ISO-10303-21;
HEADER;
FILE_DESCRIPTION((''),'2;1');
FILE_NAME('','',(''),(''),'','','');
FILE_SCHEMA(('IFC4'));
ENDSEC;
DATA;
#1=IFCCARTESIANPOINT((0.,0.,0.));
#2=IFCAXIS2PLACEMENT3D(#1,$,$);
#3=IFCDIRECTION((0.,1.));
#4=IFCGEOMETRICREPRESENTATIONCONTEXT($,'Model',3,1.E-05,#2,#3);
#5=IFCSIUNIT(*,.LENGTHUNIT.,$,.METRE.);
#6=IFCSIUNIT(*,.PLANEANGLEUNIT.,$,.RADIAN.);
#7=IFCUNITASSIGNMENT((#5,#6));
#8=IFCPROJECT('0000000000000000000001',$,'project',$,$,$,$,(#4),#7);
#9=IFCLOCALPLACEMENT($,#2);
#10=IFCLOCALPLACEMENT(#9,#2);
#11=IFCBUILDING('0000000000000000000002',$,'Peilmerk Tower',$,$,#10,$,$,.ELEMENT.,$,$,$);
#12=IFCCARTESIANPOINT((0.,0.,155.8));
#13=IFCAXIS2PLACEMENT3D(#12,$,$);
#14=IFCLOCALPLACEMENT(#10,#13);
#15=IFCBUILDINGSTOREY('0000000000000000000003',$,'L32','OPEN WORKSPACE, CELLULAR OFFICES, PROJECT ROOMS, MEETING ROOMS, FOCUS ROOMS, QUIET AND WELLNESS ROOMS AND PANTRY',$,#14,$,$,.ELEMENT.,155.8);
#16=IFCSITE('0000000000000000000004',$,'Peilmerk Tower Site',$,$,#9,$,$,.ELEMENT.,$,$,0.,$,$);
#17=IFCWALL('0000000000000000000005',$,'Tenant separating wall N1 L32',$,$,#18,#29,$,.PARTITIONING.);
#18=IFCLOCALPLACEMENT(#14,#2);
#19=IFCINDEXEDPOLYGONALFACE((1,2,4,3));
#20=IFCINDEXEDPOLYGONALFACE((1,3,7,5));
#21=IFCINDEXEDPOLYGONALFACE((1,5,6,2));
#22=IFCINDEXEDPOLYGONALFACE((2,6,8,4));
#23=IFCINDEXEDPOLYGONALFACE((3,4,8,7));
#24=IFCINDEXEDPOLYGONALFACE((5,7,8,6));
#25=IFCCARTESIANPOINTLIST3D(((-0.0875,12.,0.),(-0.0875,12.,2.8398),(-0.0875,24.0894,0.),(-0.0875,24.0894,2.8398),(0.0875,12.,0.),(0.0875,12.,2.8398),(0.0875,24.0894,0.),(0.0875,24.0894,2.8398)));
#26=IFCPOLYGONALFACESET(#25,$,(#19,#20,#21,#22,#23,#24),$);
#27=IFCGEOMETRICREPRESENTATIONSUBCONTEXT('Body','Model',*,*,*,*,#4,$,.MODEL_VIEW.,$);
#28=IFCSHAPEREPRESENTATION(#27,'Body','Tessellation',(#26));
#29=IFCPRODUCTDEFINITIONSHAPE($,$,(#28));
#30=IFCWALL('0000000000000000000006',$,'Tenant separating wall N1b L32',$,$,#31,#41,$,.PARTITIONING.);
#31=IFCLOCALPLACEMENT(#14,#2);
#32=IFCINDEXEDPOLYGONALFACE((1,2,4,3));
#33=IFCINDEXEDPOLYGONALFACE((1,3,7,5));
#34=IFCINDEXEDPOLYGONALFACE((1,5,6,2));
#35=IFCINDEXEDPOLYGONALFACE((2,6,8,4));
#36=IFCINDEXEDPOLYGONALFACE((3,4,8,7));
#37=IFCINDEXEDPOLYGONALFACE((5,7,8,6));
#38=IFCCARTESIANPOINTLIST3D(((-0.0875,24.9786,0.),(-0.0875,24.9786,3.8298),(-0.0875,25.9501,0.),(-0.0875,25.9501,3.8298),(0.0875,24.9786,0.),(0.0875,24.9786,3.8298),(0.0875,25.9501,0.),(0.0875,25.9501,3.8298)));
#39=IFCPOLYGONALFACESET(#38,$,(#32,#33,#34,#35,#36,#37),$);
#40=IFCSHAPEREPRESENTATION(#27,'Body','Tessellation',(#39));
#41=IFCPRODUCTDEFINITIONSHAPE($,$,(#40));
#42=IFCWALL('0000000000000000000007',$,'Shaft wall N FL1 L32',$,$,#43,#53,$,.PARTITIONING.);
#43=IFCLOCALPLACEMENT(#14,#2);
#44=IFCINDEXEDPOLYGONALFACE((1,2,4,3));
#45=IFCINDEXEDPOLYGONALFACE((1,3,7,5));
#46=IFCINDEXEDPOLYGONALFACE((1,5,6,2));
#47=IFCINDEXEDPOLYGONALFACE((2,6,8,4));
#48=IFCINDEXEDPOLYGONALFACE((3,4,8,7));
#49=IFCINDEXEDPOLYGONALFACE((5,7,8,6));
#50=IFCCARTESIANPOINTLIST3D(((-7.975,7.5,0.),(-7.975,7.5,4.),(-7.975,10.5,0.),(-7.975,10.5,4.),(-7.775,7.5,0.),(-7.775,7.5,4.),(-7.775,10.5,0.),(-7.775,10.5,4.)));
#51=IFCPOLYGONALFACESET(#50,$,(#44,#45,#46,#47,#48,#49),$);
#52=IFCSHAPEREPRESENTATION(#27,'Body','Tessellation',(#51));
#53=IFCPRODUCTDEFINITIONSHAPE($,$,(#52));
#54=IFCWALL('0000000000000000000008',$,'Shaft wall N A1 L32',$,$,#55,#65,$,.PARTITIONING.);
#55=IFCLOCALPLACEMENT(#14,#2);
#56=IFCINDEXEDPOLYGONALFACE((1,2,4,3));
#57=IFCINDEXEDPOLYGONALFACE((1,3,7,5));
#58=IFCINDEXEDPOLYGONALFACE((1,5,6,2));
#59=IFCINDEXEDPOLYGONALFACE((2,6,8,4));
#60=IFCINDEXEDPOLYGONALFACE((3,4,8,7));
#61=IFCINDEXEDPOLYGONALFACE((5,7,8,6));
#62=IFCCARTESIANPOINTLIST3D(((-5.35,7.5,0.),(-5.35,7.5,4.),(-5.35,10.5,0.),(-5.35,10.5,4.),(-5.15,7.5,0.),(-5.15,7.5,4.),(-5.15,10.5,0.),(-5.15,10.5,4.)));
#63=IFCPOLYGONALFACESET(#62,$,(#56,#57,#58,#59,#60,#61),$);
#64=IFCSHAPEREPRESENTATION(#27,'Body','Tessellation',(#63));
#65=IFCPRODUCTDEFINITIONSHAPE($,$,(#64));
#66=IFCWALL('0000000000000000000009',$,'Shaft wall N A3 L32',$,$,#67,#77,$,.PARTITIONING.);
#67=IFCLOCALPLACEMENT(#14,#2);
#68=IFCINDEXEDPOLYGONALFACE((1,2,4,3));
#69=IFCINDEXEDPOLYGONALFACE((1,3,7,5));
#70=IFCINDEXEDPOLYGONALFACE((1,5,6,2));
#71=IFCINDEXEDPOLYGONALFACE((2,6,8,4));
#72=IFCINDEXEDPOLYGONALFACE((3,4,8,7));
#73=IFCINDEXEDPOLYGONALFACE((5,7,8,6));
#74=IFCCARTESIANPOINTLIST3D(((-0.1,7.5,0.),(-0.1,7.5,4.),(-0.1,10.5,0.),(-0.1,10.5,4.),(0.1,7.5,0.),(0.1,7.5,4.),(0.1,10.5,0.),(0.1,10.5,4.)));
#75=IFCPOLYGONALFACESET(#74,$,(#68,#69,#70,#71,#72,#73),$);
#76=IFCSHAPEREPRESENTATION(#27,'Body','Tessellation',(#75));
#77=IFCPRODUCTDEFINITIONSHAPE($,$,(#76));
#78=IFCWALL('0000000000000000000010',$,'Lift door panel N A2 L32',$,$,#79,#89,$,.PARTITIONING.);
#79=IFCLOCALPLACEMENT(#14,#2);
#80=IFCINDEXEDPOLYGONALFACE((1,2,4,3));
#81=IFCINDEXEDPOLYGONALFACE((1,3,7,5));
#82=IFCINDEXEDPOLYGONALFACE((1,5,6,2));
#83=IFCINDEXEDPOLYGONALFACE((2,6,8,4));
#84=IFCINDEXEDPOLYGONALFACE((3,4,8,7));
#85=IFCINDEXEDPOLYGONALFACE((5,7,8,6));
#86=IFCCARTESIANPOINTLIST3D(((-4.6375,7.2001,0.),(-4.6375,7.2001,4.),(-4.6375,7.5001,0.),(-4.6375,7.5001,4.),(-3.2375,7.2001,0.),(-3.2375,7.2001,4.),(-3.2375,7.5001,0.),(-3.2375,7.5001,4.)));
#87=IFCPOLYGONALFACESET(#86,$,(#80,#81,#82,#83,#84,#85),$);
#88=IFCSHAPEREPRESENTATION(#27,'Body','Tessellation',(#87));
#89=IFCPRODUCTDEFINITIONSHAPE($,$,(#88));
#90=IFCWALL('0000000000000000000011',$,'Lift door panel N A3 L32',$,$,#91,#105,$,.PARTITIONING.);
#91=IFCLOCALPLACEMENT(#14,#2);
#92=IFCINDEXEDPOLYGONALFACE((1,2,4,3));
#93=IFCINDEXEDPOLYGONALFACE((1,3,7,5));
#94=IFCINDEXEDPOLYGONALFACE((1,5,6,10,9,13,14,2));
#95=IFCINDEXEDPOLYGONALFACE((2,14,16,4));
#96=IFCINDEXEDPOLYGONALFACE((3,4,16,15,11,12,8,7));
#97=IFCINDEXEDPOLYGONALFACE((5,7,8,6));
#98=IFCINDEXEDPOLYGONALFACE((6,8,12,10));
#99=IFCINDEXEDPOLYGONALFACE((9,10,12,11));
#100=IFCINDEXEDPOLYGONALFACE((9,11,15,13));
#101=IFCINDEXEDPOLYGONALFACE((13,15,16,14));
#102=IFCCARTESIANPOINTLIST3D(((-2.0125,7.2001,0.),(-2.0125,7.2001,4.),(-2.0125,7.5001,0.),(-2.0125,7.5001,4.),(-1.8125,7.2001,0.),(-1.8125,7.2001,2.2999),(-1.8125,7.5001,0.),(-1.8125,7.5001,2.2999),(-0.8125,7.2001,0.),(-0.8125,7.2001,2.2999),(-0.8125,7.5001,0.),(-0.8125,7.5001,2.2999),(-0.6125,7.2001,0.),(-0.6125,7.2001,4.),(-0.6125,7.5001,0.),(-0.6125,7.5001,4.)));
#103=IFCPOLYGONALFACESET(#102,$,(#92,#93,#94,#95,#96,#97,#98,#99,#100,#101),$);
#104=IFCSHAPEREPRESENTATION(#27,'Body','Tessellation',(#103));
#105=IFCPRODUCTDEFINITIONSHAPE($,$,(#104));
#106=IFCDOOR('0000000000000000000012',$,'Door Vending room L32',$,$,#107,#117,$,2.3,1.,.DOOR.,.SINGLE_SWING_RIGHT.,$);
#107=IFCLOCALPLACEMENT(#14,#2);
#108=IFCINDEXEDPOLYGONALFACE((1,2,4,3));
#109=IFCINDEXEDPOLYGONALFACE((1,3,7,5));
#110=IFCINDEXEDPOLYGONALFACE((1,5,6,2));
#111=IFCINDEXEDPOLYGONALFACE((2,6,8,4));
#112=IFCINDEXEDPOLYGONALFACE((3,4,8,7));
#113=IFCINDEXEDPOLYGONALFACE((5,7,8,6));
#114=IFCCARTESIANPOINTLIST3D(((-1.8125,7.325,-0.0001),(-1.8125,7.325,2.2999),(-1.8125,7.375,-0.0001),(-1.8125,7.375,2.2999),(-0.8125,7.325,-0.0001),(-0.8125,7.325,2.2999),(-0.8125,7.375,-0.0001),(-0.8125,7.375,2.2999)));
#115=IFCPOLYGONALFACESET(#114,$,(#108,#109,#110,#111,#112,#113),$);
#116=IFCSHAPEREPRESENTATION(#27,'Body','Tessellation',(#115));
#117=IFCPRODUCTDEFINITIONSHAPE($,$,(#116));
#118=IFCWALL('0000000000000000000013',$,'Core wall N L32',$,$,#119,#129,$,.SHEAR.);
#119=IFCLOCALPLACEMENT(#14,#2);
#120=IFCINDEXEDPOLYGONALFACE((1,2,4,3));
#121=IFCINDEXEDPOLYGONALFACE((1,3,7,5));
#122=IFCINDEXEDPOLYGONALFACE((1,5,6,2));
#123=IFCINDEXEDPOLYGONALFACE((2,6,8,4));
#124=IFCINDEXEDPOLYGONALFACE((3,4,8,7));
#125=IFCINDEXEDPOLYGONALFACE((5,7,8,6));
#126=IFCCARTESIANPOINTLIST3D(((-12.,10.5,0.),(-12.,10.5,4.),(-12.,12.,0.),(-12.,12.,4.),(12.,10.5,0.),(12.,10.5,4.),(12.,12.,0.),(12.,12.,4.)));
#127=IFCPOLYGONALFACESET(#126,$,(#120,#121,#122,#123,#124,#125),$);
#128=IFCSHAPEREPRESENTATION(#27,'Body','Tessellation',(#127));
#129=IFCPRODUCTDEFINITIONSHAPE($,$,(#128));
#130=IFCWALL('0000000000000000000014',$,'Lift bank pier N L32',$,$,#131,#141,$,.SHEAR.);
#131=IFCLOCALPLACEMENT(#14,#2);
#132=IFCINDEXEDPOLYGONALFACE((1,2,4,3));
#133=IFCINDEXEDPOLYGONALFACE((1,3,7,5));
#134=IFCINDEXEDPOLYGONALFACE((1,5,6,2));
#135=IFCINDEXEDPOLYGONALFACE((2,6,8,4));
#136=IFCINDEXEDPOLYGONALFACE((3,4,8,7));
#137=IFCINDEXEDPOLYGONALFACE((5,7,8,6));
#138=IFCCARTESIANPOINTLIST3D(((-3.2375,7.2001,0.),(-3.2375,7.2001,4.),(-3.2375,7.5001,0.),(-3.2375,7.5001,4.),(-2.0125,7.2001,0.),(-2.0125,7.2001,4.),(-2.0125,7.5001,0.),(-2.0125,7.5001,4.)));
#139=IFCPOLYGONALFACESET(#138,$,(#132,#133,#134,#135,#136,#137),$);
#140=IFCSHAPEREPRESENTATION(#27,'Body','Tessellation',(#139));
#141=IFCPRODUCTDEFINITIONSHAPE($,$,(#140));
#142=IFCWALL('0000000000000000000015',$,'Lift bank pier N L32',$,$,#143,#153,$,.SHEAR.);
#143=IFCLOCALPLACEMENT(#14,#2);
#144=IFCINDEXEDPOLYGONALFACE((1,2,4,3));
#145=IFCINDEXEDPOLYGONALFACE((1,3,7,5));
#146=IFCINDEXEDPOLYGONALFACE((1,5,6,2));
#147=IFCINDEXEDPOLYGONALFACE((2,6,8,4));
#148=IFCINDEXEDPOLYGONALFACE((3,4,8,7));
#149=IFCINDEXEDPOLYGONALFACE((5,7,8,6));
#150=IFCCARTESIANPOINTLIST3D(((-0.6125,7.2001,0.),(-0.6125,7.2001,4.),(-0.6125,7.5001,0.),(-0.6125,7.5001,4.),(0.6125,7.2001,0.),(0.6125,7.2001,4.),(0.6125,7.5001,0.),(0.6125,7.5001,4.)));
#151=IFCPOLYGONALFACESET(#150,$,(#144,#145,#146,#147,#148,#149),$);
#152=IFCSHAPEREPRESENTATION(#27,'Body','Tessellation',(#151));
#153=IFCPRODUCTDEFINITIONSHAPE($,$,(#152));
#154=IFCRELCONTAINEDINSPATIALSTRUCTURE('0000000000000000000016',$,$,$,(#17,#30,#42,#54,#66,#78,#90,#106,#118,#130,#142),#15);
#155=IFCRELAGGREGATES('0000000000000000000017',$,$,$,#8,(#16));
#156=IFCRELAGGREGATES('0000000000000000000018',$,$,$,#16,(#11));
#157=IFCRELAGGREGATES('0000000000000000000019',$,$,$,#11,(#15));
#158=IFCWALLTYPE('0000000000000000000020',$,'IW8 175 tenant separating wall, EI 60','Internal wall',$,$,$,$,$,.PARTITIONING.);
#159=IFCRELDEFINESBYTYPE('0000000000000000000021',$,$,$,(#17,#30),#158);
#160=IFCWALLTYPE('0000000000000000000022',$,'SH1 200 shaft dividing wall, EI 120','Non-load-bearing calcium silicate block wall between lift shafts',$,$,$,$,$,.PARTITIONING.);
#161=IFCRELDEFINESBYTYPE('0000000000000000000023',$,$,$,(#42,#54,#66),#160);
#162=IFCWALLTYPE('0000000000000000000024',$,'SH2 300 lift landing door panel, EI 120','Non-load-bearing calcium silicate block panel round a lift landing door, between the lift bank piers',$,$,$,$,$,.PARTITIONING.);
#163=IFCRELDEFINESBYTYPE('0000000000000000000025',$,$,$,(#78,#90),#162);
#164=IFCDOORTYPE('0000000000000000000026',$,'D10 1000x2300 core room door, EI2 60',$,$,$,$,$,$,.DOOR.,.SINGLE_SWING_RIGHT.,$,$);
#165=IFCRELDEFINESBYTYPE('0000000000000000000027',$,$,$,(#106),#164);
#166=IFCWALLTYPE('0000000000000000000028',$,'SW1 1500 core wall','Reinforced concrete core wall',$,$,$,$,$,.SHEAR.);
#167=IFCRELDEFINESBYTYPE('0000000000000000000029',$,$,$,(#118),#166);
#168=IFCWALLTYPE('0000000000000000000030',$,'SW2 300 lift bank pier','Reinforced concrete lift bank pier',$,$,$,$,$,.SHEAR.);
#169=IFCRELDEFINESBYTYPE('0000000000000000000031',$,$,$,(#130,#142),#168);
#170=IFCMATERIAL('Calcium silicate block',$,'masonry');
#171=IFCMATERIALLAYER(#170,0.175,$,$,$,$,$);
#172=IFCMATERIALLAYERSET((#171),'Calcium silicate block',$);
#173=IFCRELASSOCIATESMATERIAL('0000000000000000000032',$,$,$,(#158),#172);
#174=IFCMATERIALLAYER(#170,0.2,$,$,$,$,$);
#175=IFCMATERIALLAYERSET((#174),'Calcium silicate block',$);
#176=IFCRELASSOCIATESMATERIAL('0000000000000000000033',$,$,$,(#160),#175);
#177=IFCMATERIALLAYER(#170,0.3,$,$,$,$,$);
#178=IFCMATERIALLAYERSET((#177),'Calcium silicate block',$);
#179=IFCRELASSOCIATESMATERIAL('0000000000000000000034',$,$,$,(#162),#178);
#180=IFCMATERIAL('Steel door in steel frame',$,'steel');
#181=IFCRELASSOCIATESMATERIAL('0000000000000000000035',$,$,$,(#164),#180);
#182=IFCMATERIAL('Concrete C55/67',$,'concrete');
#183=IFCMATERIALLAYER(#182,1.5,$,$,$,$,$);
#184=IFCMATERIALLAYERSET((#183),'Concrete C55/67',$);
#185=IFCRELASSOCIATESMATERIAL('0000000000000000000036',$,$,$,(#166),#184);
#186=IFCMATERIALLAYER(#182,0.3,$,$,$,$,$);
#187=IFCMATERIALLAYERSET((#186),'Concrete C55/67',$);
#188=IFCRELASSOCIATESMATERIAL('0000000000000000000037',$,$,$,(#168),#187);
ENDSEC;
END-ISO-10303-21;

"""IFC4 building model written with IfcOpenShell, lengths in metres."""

from ifc_helpers import new_model, si_unit, direction, frame, frame_2d, origin, place, context, subcontext, project, spatial, rectangle, extrude, material, layer, layer_set, type_object, element, fill, save


model = new_model("IFC4")

# Units and contexts
model_context = context("Model", 3, precision=1e-05, world=origin(), true_north=direction((0.0, 1.0)))
body_context = subcontext(model_context, "Body", "Model", "MODEL_VIEW")
ifc_project = project(units=[si_unit("LENGTHUNIT", "METRE"), si_unit("PLANEANGLEUNIT", "RADIAN")], contexts=[model_context])

# Site, building, storey
site_placement = place(None, origin())
site = spatial("IfcSite", under=ifc_project, at=site_placement, Name="Peilmerk Tower Site", CompositionType="ELEMENT", RefElevation=0.0)
building_placement = place(site_placement, origin())
building = spatial("IfcBuilding", under=site, at=building_placement, Name="Peilmerk Tower", CompositionType="ELEMENT")
storey_placement = place(building_placement, frame((0.0, 0.0, 155.8)))
storey = spatial("IfcBuildingStorey", under=building, at=storey_placement, Name="L32", Description="OPEN WORKSPACE, CELLULAR OFFICES, PROJECT ROOMS, MEETING ROOMS, FOCUS ROOMS, QUIET AND WELLNESS ROOMS AND PANTRY", CompositionType="ELEMENT", Elevation=155.8)

# Shared definitions
ifc_material_1 = material(Name="Calcium silicate block", Category="masonry")

# Walls
ifc_layer_1 = layer(ifc_material_1, 0.175)
ifc_layer_set_1 = layer_set([ifc_layer_1], Name="Calcium silicate block")
wall_type_1 = type_object("IfcWallType", Name="IW8 175 tenant separating wall, EI 60", Description="Internal wall", PredefinedType="PARTITIONING", material=ifc_layer_set_1)
wall_1_placement = place(storey_placement, frame((0.0, 12.0, 0.0), z_axis=(0.0, 0.0, 1.0), x_axis=(0.0, 1.0, 0.0)))
element("IfcWall", 1, at=wall_1_placement, inside=storey, type_object=wall_type_1, Name="Tenant separating wall N1 L32", PredefinedType="PARTITIONING", context=body_context, shape_type="SweptSolid", body=[
    extrude(rectangle(XDim=12.0894, YDim=0.175, at=frame_2d((6.0447, 0.0))), origin(), (0.0, 0.0, 1.0), 2.8398),
])
wall_2_placement = place(storey_placement, frame((0.0, 24.9785, 0.0), z_axis=(0.0, 0.0, 1.0), x_axis=(0.0, 1.0, 0.0)))
element("IfcWall", 2, at=wall_2_placement, inside=storey, type_object=wall_type_1, Name="Tenant separating wall N1b L32", PredefinedType="PARTITIONING", context=body_context, shape_type="SweptSolid", body=[
    extrude(rectangle(XDim=0.9714, YDim=0.175, at=frame_2d((0.4858, 0.0))), origin(), (0.0, 0.0, 1.0), 3.8298),
])
ifc_layer_2 = layer(ifc_material_1, 0.2)
ifc_layer_set_2 = layer_set([ifc_layer_2], Name="Calcium silicate block")
wall_type_2 = type_object("IfcWallType", Name="SH1 200 shaft dividing wall, EI 120", Description="Non-load-bearing calcium silicate block wall between lift shafts", PredefinedType="PARTITIONING", material=ifc_layer_set_2)
for number, where, z_axis, x_axis, name in (
    (3, (-7.875, 7.5, 0.0), (0.0, 0.0, 1.0), (0.0, 1.0, 0.0), "Shaft wall N FL1 L32"),
    (4, (-5.25, 7.5, 0.0), (0.0, 0.0, 1.0), (0.0, 1.0, 0.0), "Shaft wall N A1 L32"),
    (5, (0.0, 7.5, 0.0), (0.0, 0.0, 1.0), (0.0, 1.0, 0.0), "Shaft wall N A3 L32"),
):
    element("IfcWall", number, at=place(storey_placement, frame(where, z_axis=z_axis, x_axis=x_axis)), inside=storey, type_object=wall_type_2, Name=name, PredefinedType="PARTITIONING", context=body_context, shape_type="SweptSolid", body=[
        extrude(rectangle(XDim=3.0, YDim=0.2, at=frame_2d((1.5, 0.0))), origin(), (0.0, 0.0, 1.0), 4.0),
    ])
ifc_layer_3 = layer(ifc_material_1, 0.3)
ifc_layer_set_3 = layer_set([ifc_layer_3], Name="Calcium silicate block")
wall_type_3 = type_object("IfcWallType", Name="SH2 300 lift landing door panel, EI 120", Description="Non-load-bearing calcium silicate block panel round a lift landing door, between the lift bank piers", PredefinedType="PARTITIONING", material=ifc_layer_set_3)
wall_3_placement = place(storey_placement, frame((-4.6375, 7.3501, 0.0), z_axis=(0.0, 0.0, 1.0), x_axis=(1.0, 0.0, 0.0)))
element("IfcWall", 6, at=wall_3_placement, inside=storey, type_object=wall_type_3, Name="Lift door panel N A2 L32", PredefinedType="PARTITIONING", context=body_context, shape_type="SweptSolid", body=[
    extrude(rectangle(XDim=1.3999, YDim=0.3, at=frame_2d((0.7, 0.0))), origin(), (0.0, 0.0, 1.0), 4.0),
])

# Wall, opening, door
wall_4_placement = place(storey_placement, frame((-2.0125, 7.3501, 0.0), z_axis=(0.0, 0.0, 1.0), x_axis=(1.0, 0.0, 0.0)))
wall_4 = element("IfcWall", 7, at=wall_4_placement, inside=storey, type_object=wall_type_3, Name="Lift door panel N A3 L32", PredefinedType="PARTITIONING", context=body_context, shape_type="SweptSolid", body=[
    extrude(rectangle(XDim=1.3999, YDim=0.3, at=frame_2d((0.7, 0.0))), origin(), (0.0, 0.0, 1.0), 4.0),
])
opening_1_placement = place(wall_4_placement, frame((0.2, 0.0, 0.0)))
opening_1 = element("IfcOpeningElement", 8, at=opening_1_placement, cuts=wall_4, PredefinedType="OPENING", context=body_context, shape_type="SweptSolid", body=[
    extrude(rectangle(XDim=1.0, YDim=2.3, at=frame_2d((0.5, 1.1499))), frame((0.0, 0.1599, 0.0), z_axis=(0.0, -1.0, 0.0), x_axis=(1.0, 0.0, 0.0)), (0.0, 0.0, 1.0), 0.3201),
])
ifc_material_2 = material(Name="Steel door in steel frame", Category="steel")
door_type_1 = type_object("IfcDoorType", Name="D10 1000x2300 core room door, EI2 60", OperationType="SINGLE_SWING_RIGHT", PredefinedType="DOOR", material=ifc_material_2)
door_1_placement = place(opening_1_placement, origin())
door_1 = element("IfcDoor", 9, at=door_1_placement, inside=storey, type_object=door_type_1, Name="Door Vending room L32", OperationType="SINGLE_SWING_RIGHT", OverallHeight=2.3, OverallWidth=1.0, PredefinedType="DOOR", context=body_context, shape_type="SweptSolid", body=[
    extrude(rectangle(XDim=1.0, YDim=2.3, at=frame_2d((0.5, 1.1499))), frame((0.0, 0.0249, 0.0), z_axis=(0.0, -1.0, 0.0), x_axis=(1.0, 0.0, 0.0)), (0.0, 0.0, 1.0), 0.05),
])
fill(opening_1, door_1)

# Walls
ifc_material_3 = material(Name="Concrete C55/67", Category="concrete")
ifc_layer_4 = layer(ifc_material_3, 1.5)
ifc_layer_set_4 = layer_set([ifc_layer_4], Name="Concrete C55/67")
wall_type_4 = type_object("IfcWallType", Name="SW1 1500 core wall", Description="Reinforced concrete core wall", PredefinedType="SHEAR", material=ifc_layer_set_4)
wall_5_placement = place(storey_placement, frame((-12.0, 11.25, 0.0), z_axis=(0.0, 0.0, 1.0), x_axis=(1.0, 0.0, 0.0)))
element("IfcWall", 10, at=wall_5_placement, inside=storey, type_object=wall_type_4, Name="Core wall N L32", PredefinedType="SHEAR", context=body_context, shape_type="SweptSolid", body=[
    extrude(rectangle(XDim=24.0, YDim=1.5, at=frame_2d((12.0, 0.0))), origin(), (0.0, 0.0, 1.0), 4.0),
])
ifc_layer_5 = layer(ifc_material_3, 0.3)
ifc_layer_set_5 = layer_set([ifc_layer_5], Name="Concrete C55/67")
wall_type_5 = type_object("IfcWallType", Name="SW2 300 lift bank pier", Description="Reinforced concrete lift bank pier", PredefinedType="SHEAR", material=ifc_layer_set_5)
for number, where, z_axis, x_axis, name in (
    (11, (-3.2375, 7.3501, 0.0), (0.0, 0.0, 1.0), (1.0, 0.0, 0.0), "Lift bank pier N L32"),
    (12, (-0.6125, 7.3501, 0.0), (0.0, 0.0, 1.0), (1.0, 0.0, 0.0), "Lift bank pier N L32"),
):
    element("IfcWall", number, at=place(storey_placement, frame(where, z_axis=z_axis, x_axis=x_axis)), inside=storey, type_object=wall_type_5, Name=name, PredefinedType="SHEAR", context=body_context, shape_type="SweptSolid", body=[
        extrude(rectangle(XDim=1.2251, YDim=0.3, at=frame_2d((0.6125, 0.0))), origin(), (0.0, 0.0, 1.0), 4.0),
    ])

save(model, "model.ifc")
